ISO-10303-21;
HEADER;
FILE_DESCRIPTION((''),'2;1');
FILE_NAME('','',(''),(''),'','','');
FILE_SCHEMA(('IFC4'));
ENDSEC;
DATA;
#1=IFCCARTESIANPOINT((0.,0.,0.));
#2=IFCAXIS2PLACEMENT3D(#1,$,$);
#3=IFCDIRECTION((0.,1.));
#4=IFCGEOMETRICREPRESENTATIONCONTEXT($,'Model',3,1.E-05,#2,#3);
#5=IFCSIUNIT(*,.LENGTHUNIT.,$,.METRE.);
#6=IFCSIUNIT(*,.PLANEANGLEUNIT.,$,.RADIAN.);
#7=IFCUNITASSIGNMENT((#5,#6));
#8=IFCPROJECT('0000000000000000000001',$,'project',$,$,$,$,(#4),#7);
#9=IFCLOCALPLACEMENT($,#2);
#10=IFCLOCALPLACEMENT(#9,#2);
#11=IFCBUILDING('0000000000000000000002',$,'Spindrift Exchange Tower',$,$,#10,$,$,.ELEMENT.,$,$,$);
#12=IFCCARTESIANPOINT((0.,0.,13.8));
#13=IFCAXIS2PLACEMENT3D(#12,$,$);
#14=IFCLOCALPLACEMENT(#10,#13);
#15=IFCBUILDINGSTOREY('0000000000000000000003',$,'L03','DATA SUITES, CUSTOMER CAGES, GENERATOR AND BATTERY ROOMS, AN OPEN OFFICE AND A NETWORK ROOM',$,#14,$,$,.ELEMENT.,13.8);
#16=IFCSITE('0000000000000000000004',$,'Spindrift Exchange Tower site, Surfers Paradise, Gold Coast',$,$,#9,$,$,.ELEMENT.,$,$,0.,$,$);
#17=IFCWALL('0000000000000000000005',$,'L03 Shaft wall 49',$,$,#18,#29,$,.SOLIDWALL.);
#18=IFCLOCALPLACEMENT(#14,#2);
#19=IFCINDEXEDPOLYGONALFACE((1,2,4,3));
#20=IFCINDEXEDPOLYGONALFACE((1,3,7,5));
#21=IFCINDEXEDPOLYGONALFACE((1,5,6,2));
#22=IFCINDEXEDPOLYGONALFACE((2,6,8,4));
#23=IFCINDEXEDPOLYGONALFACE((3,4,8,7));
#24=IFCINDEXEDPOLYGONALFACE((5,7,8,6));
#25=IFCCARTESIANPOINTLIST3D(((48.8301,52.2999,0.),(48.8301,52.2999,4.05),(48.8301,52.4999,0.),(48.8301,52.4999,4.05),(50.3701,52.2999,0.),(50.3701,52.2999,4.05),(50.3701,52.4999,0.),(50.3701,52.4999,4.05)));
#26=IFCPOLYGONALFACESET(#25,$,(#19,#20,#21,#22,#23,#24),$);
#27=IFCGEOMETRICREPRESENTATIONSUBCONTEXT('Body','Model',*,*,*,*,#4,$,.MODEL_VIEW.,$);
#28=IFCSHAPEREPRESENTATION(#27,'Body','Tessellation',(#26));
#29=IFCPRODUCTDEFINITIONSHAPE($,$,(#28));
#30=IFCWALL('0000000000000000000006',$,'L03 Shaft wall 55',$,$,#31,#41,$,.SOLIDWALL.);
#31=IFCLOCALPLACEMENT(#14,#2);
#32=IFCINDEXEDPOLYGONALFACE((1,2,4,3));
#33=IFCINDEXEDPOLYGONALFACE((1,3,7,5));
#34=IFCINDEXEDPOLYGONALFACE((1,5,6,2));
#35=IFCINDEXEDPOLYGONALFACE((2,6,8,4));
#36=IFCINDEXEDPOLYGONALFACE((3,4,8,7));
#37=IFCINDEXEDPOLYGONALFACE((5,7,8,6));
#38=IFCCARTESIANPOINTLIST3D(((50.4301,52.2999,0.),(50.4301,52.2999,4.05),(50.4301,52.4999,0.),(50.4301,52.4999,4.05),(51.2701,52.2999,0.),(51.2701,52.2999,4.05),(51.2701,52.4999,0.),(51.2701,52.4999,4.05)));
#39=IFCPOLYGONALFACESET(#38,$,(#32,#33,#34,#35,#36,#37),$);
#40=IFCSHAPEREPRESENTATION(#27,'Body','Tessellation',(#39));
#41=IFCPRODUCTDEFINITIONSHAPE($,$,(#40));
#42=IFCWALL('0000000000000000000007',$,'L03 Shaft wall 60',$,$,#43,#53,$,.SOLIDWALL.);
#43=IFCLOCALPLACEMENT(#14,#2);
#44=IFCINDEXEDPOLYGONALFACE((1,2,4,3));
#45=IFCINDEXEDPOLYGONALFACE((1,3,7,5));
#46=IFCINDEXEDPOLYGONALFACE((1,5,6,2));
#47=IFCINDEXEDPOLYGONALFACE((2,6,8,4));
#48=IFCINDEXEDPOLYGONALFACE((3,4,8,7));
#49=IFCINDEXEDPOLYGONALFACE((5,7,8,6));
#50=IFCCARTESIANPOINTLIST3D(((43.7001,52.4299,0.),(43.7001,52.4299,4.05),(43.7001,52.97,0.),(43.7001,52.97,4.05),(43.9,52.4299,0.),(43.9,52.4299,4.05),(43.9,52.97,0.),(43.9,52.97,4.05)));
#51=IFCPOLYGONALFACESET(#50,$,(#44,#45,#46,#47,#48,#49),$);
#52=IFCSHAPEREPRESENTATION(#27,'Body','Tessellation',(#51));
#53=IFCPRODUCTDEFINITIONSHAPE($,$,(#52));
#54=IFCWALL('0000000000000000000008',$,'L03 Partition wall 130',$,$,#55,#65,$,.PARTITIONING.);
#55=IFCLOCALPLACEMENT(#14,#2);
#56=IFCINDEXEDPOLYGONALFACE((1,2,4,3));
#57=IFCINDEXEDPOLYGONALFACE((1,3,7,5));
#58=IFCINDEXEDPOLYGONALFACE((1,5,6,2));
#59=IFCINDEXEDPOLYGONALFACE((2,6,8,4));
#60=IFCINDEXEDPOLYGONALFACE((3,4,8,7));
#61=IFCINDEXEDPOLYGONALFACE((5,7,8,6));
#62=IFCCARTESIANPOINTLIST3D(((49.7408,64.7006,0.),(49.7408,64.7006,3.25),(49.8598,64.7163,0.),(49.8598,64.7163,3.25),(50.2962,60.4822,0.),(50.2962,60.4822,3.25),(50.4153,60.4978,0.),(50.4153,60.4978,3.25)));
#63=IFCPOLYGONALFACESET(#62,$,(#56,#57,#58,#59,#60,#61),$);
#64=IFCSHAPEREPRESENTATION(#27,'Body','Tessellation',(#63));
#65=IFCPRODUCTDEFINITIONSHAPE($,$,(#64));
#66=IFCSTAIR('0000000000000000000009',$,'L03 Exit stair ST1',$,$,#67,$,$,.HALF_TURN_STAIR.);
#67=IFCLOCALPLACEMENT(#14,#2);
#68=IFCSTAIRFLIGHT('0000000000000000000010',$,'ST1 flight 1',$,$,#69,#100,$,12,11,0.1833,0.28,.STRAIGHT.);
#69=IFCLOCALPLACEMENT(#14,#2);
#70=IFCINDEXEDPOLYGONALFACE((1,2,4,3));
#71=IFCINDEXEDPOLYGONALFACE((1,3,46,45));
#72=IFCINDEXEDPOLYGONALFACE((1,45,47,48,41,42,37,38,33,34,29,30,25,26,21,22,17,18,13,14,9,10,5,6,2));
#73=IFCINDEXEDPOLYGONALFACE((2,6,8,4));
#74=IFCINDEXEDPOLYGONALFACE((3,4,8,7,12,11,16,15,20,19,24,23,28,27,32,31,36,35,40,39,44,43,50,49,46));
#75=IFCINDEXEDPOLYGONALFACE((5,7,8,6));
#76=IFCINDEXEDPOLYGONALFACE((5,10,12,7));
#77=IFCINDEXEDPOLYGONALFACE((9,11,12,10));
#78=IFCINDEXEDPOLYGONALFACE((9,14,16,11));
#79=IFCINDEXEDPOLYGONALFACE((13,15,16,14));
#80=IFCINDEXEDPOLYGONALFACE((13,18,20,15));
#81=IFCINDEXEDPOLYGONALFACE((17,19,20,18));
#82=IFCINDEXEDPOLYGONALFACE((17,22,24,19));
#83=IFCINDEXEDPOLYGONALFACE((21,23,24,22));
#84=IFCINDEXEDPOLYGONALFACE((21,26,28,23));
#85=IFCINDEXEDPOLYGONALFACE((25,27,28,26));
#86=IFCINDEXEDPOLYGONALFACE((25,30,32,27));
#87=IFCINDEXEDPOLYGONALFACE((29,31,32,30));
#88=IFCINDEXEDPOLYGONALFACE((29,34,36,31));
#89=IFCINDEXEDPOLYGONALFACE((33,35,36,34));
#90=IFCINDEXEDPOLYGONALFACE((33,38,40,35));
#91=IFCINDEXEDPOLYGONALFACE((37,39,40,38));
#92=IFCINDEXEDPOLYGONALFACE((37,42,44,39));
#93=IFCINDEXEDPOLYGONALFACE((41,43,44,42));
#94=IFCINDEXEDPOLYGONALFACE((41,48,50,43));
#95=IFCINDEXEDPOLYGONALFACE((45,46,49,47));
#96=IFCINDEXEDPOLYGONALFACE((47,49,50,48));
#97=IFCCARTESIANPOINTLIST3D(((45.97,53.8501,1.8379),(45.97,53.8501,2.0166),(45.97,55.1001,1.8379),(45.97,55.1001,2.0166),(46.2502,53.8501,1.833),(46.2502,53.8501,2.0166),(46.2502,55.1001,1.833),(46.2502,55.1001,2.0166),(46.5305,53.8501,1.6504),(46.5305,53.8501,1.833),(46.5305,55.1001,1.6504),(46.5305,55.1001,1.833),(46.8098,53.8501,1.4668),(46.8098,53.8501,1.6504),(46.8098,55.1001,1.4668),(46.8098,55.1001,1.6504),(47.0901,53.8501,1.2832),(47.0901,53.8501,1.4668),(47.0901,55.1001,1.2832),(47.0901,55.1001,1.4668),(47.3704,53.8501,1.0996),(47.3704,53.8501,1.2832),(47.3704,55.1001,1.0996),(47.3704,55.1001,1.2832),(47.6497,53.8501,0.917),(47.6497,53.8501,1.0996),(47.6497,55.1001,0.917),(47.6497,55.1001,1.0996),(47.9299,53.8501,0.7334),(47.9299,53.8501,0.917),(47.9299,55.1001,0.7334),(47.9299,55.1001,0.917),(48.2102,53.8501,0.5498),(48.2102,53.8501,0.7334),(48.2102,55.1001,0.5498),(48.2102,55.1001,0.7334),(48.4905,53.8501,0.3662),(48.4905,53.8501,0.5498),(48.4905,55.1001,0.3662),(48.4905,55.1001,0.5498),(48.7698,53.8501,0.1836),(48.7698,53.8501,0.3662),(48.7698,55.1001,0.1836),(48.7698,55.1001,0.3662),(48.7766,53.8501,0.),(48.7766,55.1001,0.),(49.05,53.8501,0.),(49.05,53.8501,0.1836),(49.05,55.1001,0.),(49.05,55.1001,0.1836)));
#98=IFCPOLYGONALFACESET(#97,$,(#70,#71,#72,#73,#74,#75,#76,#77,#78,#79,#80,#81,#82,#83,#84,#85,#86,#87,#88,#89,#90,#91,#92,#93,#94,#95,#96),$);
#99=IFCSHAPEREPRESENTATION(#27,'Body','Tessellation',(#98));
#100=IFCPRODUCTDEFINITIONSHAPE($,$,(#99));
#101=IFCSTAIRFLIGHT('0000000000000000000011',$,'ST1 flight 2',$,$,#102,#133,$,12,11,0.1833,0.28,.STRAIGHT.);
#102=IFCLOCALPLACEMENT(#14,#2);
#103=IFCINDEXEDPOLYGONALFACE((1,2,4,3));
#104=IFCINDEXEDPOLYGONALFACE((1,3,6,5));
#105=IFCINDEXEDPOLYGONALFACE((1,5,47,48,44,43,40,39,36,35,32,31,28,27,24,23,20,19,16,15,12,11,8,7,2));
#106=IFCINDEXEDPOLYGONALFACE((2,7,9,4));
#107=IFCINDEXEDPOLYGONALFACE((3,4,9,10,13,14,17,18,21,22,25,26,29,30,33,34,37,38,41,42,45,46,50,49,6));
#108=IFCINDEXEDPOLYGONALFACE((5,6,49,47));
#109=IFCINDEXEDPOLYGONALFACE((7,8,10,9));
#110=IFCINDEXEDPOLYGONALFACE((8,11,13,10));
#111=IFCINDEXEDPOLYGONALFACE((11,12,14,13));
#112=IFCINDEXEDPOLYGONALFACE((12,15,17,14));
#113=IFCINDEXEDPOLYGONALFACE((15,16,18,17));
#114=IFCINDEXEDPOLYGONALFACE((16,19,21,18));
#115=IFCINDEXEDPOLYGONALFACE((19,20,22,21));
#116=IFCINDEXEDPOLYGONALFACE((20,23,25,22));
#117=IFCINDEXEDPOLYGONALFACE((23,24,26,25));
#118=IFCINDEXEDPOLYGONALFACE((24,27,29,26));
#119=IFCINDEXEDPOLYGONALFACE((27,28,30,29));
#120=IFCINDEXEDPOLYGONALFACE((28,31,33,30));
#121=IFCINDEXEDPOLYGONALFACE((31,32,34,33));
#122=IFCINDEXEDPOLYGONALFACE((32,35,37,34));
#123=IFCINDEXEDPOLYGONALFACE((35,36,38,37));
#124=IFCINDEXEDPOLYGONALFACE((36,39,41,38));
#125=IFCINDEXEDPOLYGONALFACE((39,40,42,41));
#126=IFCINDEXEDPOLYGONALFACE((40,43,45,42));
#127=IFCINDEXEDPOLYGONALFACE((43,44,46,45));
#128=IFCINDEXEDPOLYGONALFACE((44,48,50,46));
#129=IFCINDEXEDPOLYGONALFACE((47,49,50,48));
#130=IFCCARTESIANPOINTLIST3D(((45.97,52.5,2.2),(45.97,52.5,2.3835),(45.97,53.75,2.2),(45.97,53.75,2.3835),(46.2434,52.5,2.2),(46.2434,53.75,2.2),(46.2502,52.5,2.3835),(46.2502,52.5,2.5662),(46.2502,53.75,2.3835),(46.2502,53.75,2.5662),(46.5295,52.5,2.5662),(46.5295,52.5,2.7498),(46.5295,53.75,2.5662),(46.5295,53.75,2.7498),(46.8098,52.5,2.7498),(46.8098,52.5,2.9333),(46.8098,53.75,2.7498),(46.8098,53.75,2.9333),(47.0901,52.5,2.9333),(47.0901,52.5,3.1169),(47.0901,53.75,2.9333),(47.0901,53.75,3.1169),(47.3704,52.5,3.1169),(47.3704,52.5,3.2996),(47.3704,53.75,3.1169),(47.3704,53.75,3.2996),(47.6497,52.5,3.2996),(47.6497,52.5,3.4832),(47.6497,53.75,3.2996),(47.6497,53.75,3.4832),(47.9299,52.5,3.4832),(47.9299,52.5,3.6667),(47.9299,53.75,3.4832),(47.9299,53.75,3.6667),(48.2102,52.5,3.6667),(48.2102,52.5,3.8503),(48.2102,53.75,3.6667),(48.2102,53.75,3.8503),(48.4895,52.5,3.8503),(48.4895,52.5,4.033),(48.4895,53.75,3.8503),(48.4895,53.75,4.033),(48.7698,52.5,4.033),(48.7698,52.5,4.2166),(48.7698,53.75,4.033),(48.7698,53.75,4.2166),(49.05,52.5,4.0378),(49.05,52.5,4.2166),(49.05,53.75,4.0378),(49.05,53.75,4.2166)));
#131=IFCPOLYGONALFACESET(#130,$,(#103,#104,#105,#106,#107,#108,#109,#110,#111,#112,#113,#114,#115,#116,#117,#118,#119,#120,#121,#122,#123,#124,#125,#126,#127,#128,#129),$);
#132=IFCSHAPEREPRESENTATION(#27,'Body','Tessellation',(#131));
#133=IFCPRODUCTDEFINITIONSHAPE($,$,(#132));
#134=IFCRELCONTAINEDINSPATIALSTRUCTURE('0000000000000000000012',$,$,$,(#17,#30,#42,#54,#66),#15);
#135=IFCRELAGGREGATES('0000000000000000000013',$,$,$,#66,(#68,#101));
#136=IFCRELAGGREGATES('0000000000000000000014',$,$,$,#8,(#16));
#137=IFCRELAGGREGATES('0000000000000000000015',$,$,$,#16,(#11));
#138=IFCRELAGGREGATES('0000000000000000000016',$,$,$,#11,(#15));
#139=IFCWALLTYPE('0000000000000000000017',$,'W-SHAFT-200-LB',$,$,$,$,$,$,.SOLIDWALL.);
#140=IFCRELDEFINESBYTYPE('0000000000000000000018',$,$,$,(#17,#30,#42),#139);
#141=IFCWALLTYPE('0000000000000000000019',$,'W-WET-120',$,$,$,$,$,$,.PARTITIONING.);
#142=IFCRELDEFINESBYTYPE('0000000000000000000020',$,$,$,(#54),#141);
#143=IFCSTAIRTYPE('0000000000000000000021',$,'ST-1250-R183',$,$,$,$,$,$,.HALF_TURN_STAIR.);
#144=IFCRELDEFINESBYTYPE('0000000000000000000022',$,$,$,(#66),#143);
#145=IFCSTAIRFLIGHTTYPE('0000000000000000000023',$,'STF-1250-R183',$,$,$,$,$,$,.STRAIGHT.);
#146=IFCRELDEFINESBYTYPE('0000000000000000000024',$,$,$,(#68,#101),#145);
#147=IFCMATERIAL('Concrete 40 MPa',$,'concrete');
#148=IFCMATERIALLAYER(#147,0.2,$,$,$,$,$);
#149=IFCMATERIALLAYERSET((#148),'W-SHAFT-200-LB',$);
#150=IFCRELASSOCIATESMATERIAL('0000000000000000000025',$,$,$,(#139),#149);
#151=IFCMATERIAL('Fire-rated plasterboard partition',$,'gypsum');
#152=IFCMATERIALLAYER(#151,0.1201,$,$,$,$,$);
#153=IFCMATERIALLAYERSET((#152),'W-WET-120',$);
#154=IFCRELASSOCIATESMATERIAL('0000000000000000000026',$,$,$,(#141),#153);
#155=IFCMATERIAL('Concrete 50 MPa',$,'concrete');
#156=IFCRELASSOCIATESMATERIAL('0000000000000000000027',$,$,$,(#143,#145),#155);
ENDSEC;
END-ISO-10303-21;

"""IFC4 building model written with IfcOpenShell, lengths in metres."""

from ifc_helpers import new_model, si_unit, direction, frame, frame_2d, origin, place, context, subcontext, project, spatial, line, indexed_curve, rectangle, outline, extrude, material, layer, layer_set, type_object, element, aggregate, save


model = new_model("IFC4")

# Units and contexts
model_context = context("Model", 3, precision=1e-05, world=origin(), true_north=direction((0.0, 1.0)))
body_context = subcontext(model_context, "Body", "Model", "MODEL_VIEW")
ifc_project = project(units=[si_unit("LENGTHUNIT", "METRE"), si_unit("PLANEANGLEUNIT", "RADIAN")], contexts=[model_context])

# Site, building, storey
site_placement = place(None, origin())
site = spatial("IfcSite", under=ifc_project, at=site_placement, Name="Spindrift Exchange Tower site, Surfers Paradise, Gold Coast", CompositionType="ELEMENT", RefElevation=0.0)
building_placement = place(site_placement, origin())
building = spatial("IfcBuilding", under=site, at=building_placement, Name="Spindrift Exchange Tower", CompositionType="ELEMENT")
storey_placement = place(building_placement, frame((0.0, 0.0, 13.8)))
storey = spatial("IfcBuildingStorey", under=building, at=storey_placement, Name="L03", Description="DATA SUITES, CUSTOMER CAGES, GENERATOR AND BATTERY ROOMS, AN OPEN OFFICE AND A NETWORK ROOM", CompositionType="ELEMENT", Elevation=13.8)

# Shared definitions
ifc_material_1 = material(Name="Fire-rated plasterboard partition", Category="gypsum")

# Shared definitions
ifc_material_2 = material(Name="Concrete 40 MPa", Category="concrete")

# Shared definitions
ifc_layer_1 = layer(ifc_material_2, 0.2)
ifc_layer_set_1 = layer_set([ifc_layer_1], Name="W-SHAFT-200-LB")
wall_type_1 = type_object("IfcWallType", Name="W-SHAFT-200-LB", PredefinedType="SOLIDWALL", material=ifc_layer_set_1)

# Walls
wall_1_placement = place(storey_placement, frame((50.3701, 52.3999, 0.0), z_axis=(0.0, 0.0, 1.0), x_axis=(-1.0, 0.0, 0.0)))
element("IfcWall", 1, at=wall_1_placement, inside=storey, type_object=wall_type_1, Name="L03 Shaft wall 49", PredefinedType="SOLIDWALL", context=body_context, shape_type="SweptSolid", body=[
    extrude(rectangle(XDim=1.54, YDim=0.2, at=frame_2d((0.77, 0.0))), origin(), (0.0, 0.0, 1.0), 4.05),
])
wall_2_placement = place(storey_placement, frame((51.27, 52.3999, 0.0), z_axis=(0.0, 0.0, 1.0), x_axis=(-1.0, 0.0, 0.0)))
element("IfcWall", 2, at=wall_2_placement, inside=storey, type_object=wall_type_1, Name="L03 Shaft wall 55", PredefinedType="SOLIDWALL", context=body_context, shape_type="SweptSolid", body=[
    extrude(rectangle(XDim=0.8401, YDim=0.2, at=frame_2d((0.4199, 0.0))), origin(), (0.0, 0.0, 1.0), 4.05),
])
wall_3_placement = place(storey_placement, frame((43.8, 52.4299, 0.0), z_axis=(0.0, 0.0, 1.0), x_axis=(0.0, 1.0, 0.0)))
element("IfcWall", 3, at=wall_3_placement, inside=storey, type_object=wall_type_1, Name="L03 Shaft wall 60", PredefinedType="SOLIDWALL", context=body_context, shape_type="SweptSolid", body=[
    extrude(rectangle(XDim=0.54, YDim=0.2, at=frame_2d((0.27, 0.0))), origin(), (0.0, 0.0, 1.0), 4.05),
])
ifc_layer_2 = layer(ifc_material_1, 0.1201)
ifc_layer_set_2 = layer_set([ifc_layer_2], Name="W-WET-120")
wall_type_2 = type_object("IfcWallType", Name="W-WET-120", PredefinedType="PARTITIONING", material=ifc_layer_set_2)
wall_4_placement = place(storey_placement, frame((50.3557, 60.49, 0.0), z_axis=(0.0, 0.0, 1.0), x_axis=(-0.130536, 0.991444, 0.0)))
element("IfcWall", 4, at=wall_4_placement, inside=storey, type_object=wall_type_2, Name="L03 Partition wall 130", PredefinedType="PARTITIONING", context=body_context, shape_type="SweptSolid", body=[
    extrude(rectangle(XDim=4.2549, YDim=0.1201, at=frame_2d((2.1274, 0.0))), origin(), (0.0, 0.0, 1.0), 3.25),
])

# Stair, stair flights
ifc_material_3 = material(Name="Concrete 50 MPa", Category="concrete")
stair_type = type_object("IfcStairType", Name="ST-1250-R183", PredefinedType="HALF_TURN_STAIR", material=ifc_material_3)
stair_placement = place(storey_placement, origin())
stair = element("IfcStair", 5, at=stair_placement, inside=storey, type_object=stair_type, Name="L03 Exit stair ST1", PredefinedType="HALF_TURN_STAIR")
stair_flight_type = type_object("IfcStairFlightType", Name="STF-1250-R183", PredefinedType="STRAIGHT", material=ifc_material_3)
stair_flight_1_placement = place(storey_placement, frame((49.05, 54.4751, 0.0), z_axis=(0.0, 0.0, 1.0), x_axis=(-1.0, 0.0, 0.0)))
stair_flight_1 = element("IfcStairFlight", 6, at=stair_flight_1_placement, type_object=stair_flight_type, Name="ST1 flight 1", NumberOfRisers=12, NumberOfTreads=11, PredefinedType="STRAIGHT", RiserHeight=0.1833, TreadLength=0.28, context=body_context, shape_type="SweptSolid", body=[
    extrude(outline(indexed_curve([(0.0, 0.0), (0.0, 0.1836), (0.2803, 0.1836), (0.2803, 0.3662), (0.5596, 0.3662), (0.5596, 0.5498), (0.8398, 0.5498), (0.8398, 0.7334), (1.1201, 0.7334), (1.1201, 0.917), (1.4004, 0.917), (1.4004, 1.0996), (1.6797, 1.0996), (1.6797, 1.2832), (1.96, 1.2832), (1.96, 1.4668), (2.2402, 1.4668), (2.2402, 1.6504), (2.5195, 1.6504), (2.5195, 1.833), (2.7998, 1.833), (2.7998, 2.0166), (3.0801, 2.0166), (3.0801, 2.2002), (3.0801, 1.8379), (0.2734, 0.0)], segments=[line(1, 2, 3, 4, 5, 6, 7, 8, 9, 10, 11, 12, 13, 14, 15, 16, 17, 18, 19, 20, 21, 22, 23, 24, 25, 26, 1)], self_intersect=False)), frame((0.0, 0.625, 0.0), z_axis=(0.0, -1.0, 0.0), x_axis=(1.0, 0.0, 0.0)), (0.0, 0.0, 1.0), 1.25),
])
stair_flight_2_placement = place(storey_placement, frame((45.97, 53.125, 2.2), z_axis=(0.0, 0.0, 1.0), x_axis=(1.0, 0.0, 0.0)))
stair_flight_2 = element("IfcStairFlight", 7, at=stair_flight_2_placement, type_object=stair_flight_type, Name="ST1 flight 2", NumberOfRisers=12, NumberOfTreads=11, PredefinedType="STRAIGHT", RiserHeight=0.1833, TreadLength=0.28, context=body_context, shape_type="SweptSolid", body=[
    extrude(outline(indexed_curve([(0.0, 0.0), (0.0, 0.1836), (0.2803, 0.1836), (0.2803, 0.3662), (0.5596, 0.3662), (0.5596, 0.5498), (0.8398, 0.5498), (0.8398, 0.7334), (1.1201, 0.7334), (1.1201, 0.917), (1.4004, 0.917), (1.4004, 1.0996), (1.6797, 1.0996), (1.6797, 1.2832), (1.96, 1.2832), (1.96, 1.4668), (2.2402, 1.4668), (2.2402, 1.6504), (2.5195, 1.6504), (2.5195, 1.833), (2.7998, 1.833), (2.7998, 2.0166), (3.0801, 2.0166), (3.0801, 2.2002), (3.0801, 1.8379), (0.2734, 0.0)], segments=[line(1, 2, 3, 4, 5, 6, 7, 8, 9, 10, 11, 12, 13, 14, 15, 16, 17, 18, 19, 20, 21, 22, 23, 24, 25, 26, 1)], self_intersect=False)), frame((0.0, 0.625, 0.0), z_axis=(0.0, -1.0, 0.0), x_axis=(1.0, 0.0, 0.0)), (0.0, 0.0, 1.0), 1.25),
])
aggregate(stair, [stair_flight_1, stair_flight_2])

save(model, "model.ifc")
